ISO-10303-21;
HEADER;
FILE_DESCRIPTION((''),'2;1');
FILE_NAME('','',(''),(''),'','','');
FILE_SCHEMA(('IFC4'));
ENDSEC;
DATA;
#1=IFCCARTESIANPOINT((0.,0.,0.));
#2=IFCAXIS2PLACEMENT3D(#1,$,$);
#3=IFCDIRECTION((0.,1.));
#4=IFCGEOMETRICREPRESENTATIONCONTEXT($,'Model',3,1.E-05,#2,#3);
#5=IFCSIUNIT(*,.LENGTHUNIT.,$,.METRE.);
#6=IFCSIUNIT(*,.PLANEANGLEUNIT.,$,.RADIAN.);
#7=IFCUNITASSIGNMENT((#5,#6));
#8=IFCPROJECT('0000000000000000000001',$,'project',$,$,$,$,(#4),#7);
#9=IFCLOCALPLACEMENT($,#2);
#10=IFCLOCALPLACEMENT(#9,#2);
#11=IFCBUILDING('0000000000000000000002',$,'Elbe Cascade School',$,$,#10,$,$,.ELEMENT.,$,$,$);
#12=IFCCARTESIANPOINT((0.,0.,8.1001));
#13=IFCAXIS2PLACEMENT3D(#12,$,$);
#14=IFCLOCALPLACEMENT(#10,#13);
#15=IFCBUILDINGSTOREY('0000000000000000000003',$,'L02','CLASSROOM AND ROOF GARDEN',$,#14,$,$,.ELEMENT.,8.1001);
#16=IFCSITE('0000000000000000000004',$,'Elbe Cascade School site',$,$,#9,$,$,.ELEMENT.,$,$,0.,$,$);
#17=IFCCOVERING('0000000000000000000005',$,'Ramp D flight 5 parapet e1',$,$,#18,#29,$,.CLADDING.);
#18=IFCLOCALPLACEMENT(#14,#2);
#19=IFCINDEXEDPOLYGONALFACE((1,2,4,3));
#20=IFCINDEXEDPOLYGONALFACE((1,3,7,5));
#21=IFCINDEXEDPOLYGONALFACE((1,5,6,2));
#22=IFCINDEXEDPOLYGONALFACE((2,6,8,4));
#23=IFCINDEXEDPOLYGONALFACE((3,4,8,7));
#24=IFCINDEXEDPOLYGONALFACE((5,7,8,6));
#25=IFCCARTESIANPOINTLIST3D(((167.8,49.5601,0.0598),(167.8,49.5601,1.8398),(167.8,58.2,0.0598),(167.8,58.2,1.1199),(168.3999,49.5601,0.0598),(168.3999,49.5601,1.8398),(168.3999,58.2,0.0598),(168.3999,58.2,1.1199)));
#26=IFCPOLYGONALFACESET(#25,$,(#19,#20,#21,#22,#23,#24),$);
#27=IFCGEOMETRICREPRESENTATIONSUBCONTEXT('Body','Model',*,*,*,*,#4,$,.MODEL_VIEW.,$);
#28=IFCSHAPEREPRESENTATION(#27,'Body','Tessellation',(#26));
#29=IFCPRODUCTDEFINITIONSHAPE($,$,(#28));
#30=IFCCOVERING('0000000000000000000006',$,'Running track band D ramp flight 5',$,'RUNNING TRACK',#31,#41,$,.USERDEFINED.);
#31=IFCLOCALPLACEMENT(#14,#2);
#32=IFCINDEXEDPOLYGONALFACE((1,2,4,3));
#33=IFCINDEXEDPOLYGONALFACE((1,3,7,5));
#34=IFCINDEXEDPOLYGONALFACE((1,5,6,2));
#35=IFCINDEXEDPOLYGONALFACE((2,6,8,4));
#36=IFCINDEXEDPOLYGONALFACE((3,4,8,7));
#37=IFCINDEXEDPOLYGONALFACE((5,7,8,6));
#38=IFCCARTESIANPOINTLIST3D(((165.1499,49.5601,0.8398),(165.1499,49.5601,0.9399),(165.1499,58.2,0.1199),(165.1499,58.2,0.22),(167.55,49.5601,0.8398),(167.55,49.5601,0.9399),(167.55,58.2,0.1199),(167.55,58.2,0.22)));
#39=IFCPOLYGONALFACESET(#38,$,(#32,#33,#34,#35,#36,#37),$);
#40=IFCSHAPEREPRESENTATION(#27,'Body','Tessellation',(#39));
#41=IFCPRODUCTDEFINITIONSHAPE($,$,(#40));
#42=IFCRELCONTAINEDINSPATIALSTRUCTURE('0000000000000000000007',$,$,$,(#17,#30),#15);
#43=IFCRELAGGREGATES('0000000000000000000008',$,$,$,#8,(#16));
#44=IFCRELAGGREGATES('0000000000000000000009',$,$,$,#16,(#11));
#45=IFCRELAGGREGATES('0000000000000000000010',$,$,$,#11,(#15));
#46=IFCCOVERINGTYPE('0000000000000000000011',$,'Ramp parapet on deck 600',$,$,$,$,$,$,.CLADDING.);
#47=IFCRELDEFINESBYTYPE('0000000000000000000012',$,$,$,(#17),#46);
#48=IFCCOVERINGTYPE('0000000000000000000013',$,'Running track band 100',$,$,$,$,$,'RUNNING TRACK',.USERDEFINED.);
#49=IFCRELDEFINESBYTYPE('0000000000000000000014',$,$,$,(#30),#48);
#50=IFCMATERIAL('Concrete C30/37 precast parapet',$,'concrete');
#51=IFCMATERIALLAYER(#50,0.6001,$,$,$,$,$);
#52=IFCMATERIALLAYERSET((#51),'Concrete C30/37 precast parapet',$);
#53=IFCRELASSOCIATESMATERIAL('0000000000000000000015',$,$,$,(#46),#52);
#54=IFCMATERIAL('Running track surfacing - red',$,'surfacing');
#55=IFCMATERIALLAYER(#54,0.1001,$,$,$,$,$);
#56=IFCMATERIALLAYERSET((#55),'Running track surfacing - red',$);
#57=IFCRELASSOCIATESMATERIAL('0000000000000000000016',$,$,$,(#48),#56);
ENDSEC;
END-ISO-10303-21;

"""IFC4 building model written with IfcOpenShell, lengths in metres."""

from ifc_helpers import new_model, si_unit, direction, frame, origin, place, context, subcontext, project, spatial, polyline, outline, extrude, material, layer, layer_set, type_object, element, save


model = new_model("IFC4")

# Units and contexts
model_context = context("Model", 3, precision=1e-05, world=origin(), true_north=direction((0.0, 1.0)))
body_context = subcontext(model_context, "Body", "Model", "MODEL_VIEW")
ifc_project = project(units=[si_unit("LENGTHUNIT", "METRE"), si_unit("PLANEANGLEUNIT", "RADIAN")], contexts=[model_context])

# Site, building, storey
site_placement = place(None, origin())
site = spatial("IfcSite", under=ifc_project, at=site_placement, Name="Elbe Cascade School site", CompositionType="ELEMENT", RefElevation=0.0)
building_placement = place(site_placement, origin())
building = spatial("IfcBuilding", under=site, at=building_placement, Name="Elbe Cascade School", CompositionType="ELEMENT")
storey_placement = place(building_placement, frame((0.0, 0.0, 8.1001)))
storey = spatial("IfcBuildingStorey", under=building, at=storey_placement, Name="L02", Description="CLASSROOM AND ROOF GARDEN", CompositionType="ELEMENT", Elevation=8.1001)

# Coverings
ifc_material_1 = material(Name="Concrete C30/37 precast parapet", Category="concrete")
ifc_layer_1 = layer(ifc_material_1, 0.6001)
ifc_layer_set_1 = layer_set([ifc_layer_1], Name="Concrete C30/37 precast parapet")
covering_type_1 = type_object("IfcCoveringType", Name="Ramp parapet on deck 600", PredefinedType="CLADDING", material=ifc_layer_set_1)
covering_1_placement = place(storey_placement, frame((167.8, 49.5601, 0.0598), z_axis=(1.0, 0.0, 0.0), x_axis=(0.0, 1.0, 0.0)))
element("IfcCovering", 1, at=covering_1_placement, inside=storey, type_object=covering_type_1, Name="Ramp D flight 5 parapet e1", PredefinedType="CLADDING", context=body_context, shape_type="SweptSolid", body=[
    extrude(outline(polyline([(0.0, 0.0), (8.6399, 0.0), (8.6399, 1.0601), (0.0, 1.78), (0.0, 0.0)])), origin(), (0.0, 0.0, 1.0), 0.5999),
])
ifc_material_2 = material(Name="Running track surfacing - red", Category="surfacing")
ifc_layer_2 = layer(ifc_material_2, 0.1001)
ifc_layer_set_2 = layer_set([ifc_layer_2], Name="Running track surfacing - red")
covering_type_2 = type_object("IfcCoveringType", Name="Running track band 100", ElementType="RUNNING TRACK", PredefinedType="USERDEFINED", material=ifc_layer_set_2)
covering_2_placement = place(storey_placement, frame((165.1499, 49.5601, 0.9399), z_axis=(0.0, 0.083043, 0.996546), x_axis=(0.0, 0.996546, -0.083043)))
element("IfcCovering", 2, at=covering_2_placement, inside=storey, type_object=covering_type_2, Name="Running track band D ramp flight 5", ObjectType="RUNNING TRACK", PredefinedType="USERDEFINED", context=body_context, shape_type="SweptSolid", body=[
    extrude(outline(polyline([(0.0, 0.0), (8.6698, 0.0), (8.6698, -2.4001), (0.0, -2.4001), (0.0, 0.0)])), origin(), (0.083043, 0.0, -0.996546), 0.1001),
])

save(model, "model.ifc")
